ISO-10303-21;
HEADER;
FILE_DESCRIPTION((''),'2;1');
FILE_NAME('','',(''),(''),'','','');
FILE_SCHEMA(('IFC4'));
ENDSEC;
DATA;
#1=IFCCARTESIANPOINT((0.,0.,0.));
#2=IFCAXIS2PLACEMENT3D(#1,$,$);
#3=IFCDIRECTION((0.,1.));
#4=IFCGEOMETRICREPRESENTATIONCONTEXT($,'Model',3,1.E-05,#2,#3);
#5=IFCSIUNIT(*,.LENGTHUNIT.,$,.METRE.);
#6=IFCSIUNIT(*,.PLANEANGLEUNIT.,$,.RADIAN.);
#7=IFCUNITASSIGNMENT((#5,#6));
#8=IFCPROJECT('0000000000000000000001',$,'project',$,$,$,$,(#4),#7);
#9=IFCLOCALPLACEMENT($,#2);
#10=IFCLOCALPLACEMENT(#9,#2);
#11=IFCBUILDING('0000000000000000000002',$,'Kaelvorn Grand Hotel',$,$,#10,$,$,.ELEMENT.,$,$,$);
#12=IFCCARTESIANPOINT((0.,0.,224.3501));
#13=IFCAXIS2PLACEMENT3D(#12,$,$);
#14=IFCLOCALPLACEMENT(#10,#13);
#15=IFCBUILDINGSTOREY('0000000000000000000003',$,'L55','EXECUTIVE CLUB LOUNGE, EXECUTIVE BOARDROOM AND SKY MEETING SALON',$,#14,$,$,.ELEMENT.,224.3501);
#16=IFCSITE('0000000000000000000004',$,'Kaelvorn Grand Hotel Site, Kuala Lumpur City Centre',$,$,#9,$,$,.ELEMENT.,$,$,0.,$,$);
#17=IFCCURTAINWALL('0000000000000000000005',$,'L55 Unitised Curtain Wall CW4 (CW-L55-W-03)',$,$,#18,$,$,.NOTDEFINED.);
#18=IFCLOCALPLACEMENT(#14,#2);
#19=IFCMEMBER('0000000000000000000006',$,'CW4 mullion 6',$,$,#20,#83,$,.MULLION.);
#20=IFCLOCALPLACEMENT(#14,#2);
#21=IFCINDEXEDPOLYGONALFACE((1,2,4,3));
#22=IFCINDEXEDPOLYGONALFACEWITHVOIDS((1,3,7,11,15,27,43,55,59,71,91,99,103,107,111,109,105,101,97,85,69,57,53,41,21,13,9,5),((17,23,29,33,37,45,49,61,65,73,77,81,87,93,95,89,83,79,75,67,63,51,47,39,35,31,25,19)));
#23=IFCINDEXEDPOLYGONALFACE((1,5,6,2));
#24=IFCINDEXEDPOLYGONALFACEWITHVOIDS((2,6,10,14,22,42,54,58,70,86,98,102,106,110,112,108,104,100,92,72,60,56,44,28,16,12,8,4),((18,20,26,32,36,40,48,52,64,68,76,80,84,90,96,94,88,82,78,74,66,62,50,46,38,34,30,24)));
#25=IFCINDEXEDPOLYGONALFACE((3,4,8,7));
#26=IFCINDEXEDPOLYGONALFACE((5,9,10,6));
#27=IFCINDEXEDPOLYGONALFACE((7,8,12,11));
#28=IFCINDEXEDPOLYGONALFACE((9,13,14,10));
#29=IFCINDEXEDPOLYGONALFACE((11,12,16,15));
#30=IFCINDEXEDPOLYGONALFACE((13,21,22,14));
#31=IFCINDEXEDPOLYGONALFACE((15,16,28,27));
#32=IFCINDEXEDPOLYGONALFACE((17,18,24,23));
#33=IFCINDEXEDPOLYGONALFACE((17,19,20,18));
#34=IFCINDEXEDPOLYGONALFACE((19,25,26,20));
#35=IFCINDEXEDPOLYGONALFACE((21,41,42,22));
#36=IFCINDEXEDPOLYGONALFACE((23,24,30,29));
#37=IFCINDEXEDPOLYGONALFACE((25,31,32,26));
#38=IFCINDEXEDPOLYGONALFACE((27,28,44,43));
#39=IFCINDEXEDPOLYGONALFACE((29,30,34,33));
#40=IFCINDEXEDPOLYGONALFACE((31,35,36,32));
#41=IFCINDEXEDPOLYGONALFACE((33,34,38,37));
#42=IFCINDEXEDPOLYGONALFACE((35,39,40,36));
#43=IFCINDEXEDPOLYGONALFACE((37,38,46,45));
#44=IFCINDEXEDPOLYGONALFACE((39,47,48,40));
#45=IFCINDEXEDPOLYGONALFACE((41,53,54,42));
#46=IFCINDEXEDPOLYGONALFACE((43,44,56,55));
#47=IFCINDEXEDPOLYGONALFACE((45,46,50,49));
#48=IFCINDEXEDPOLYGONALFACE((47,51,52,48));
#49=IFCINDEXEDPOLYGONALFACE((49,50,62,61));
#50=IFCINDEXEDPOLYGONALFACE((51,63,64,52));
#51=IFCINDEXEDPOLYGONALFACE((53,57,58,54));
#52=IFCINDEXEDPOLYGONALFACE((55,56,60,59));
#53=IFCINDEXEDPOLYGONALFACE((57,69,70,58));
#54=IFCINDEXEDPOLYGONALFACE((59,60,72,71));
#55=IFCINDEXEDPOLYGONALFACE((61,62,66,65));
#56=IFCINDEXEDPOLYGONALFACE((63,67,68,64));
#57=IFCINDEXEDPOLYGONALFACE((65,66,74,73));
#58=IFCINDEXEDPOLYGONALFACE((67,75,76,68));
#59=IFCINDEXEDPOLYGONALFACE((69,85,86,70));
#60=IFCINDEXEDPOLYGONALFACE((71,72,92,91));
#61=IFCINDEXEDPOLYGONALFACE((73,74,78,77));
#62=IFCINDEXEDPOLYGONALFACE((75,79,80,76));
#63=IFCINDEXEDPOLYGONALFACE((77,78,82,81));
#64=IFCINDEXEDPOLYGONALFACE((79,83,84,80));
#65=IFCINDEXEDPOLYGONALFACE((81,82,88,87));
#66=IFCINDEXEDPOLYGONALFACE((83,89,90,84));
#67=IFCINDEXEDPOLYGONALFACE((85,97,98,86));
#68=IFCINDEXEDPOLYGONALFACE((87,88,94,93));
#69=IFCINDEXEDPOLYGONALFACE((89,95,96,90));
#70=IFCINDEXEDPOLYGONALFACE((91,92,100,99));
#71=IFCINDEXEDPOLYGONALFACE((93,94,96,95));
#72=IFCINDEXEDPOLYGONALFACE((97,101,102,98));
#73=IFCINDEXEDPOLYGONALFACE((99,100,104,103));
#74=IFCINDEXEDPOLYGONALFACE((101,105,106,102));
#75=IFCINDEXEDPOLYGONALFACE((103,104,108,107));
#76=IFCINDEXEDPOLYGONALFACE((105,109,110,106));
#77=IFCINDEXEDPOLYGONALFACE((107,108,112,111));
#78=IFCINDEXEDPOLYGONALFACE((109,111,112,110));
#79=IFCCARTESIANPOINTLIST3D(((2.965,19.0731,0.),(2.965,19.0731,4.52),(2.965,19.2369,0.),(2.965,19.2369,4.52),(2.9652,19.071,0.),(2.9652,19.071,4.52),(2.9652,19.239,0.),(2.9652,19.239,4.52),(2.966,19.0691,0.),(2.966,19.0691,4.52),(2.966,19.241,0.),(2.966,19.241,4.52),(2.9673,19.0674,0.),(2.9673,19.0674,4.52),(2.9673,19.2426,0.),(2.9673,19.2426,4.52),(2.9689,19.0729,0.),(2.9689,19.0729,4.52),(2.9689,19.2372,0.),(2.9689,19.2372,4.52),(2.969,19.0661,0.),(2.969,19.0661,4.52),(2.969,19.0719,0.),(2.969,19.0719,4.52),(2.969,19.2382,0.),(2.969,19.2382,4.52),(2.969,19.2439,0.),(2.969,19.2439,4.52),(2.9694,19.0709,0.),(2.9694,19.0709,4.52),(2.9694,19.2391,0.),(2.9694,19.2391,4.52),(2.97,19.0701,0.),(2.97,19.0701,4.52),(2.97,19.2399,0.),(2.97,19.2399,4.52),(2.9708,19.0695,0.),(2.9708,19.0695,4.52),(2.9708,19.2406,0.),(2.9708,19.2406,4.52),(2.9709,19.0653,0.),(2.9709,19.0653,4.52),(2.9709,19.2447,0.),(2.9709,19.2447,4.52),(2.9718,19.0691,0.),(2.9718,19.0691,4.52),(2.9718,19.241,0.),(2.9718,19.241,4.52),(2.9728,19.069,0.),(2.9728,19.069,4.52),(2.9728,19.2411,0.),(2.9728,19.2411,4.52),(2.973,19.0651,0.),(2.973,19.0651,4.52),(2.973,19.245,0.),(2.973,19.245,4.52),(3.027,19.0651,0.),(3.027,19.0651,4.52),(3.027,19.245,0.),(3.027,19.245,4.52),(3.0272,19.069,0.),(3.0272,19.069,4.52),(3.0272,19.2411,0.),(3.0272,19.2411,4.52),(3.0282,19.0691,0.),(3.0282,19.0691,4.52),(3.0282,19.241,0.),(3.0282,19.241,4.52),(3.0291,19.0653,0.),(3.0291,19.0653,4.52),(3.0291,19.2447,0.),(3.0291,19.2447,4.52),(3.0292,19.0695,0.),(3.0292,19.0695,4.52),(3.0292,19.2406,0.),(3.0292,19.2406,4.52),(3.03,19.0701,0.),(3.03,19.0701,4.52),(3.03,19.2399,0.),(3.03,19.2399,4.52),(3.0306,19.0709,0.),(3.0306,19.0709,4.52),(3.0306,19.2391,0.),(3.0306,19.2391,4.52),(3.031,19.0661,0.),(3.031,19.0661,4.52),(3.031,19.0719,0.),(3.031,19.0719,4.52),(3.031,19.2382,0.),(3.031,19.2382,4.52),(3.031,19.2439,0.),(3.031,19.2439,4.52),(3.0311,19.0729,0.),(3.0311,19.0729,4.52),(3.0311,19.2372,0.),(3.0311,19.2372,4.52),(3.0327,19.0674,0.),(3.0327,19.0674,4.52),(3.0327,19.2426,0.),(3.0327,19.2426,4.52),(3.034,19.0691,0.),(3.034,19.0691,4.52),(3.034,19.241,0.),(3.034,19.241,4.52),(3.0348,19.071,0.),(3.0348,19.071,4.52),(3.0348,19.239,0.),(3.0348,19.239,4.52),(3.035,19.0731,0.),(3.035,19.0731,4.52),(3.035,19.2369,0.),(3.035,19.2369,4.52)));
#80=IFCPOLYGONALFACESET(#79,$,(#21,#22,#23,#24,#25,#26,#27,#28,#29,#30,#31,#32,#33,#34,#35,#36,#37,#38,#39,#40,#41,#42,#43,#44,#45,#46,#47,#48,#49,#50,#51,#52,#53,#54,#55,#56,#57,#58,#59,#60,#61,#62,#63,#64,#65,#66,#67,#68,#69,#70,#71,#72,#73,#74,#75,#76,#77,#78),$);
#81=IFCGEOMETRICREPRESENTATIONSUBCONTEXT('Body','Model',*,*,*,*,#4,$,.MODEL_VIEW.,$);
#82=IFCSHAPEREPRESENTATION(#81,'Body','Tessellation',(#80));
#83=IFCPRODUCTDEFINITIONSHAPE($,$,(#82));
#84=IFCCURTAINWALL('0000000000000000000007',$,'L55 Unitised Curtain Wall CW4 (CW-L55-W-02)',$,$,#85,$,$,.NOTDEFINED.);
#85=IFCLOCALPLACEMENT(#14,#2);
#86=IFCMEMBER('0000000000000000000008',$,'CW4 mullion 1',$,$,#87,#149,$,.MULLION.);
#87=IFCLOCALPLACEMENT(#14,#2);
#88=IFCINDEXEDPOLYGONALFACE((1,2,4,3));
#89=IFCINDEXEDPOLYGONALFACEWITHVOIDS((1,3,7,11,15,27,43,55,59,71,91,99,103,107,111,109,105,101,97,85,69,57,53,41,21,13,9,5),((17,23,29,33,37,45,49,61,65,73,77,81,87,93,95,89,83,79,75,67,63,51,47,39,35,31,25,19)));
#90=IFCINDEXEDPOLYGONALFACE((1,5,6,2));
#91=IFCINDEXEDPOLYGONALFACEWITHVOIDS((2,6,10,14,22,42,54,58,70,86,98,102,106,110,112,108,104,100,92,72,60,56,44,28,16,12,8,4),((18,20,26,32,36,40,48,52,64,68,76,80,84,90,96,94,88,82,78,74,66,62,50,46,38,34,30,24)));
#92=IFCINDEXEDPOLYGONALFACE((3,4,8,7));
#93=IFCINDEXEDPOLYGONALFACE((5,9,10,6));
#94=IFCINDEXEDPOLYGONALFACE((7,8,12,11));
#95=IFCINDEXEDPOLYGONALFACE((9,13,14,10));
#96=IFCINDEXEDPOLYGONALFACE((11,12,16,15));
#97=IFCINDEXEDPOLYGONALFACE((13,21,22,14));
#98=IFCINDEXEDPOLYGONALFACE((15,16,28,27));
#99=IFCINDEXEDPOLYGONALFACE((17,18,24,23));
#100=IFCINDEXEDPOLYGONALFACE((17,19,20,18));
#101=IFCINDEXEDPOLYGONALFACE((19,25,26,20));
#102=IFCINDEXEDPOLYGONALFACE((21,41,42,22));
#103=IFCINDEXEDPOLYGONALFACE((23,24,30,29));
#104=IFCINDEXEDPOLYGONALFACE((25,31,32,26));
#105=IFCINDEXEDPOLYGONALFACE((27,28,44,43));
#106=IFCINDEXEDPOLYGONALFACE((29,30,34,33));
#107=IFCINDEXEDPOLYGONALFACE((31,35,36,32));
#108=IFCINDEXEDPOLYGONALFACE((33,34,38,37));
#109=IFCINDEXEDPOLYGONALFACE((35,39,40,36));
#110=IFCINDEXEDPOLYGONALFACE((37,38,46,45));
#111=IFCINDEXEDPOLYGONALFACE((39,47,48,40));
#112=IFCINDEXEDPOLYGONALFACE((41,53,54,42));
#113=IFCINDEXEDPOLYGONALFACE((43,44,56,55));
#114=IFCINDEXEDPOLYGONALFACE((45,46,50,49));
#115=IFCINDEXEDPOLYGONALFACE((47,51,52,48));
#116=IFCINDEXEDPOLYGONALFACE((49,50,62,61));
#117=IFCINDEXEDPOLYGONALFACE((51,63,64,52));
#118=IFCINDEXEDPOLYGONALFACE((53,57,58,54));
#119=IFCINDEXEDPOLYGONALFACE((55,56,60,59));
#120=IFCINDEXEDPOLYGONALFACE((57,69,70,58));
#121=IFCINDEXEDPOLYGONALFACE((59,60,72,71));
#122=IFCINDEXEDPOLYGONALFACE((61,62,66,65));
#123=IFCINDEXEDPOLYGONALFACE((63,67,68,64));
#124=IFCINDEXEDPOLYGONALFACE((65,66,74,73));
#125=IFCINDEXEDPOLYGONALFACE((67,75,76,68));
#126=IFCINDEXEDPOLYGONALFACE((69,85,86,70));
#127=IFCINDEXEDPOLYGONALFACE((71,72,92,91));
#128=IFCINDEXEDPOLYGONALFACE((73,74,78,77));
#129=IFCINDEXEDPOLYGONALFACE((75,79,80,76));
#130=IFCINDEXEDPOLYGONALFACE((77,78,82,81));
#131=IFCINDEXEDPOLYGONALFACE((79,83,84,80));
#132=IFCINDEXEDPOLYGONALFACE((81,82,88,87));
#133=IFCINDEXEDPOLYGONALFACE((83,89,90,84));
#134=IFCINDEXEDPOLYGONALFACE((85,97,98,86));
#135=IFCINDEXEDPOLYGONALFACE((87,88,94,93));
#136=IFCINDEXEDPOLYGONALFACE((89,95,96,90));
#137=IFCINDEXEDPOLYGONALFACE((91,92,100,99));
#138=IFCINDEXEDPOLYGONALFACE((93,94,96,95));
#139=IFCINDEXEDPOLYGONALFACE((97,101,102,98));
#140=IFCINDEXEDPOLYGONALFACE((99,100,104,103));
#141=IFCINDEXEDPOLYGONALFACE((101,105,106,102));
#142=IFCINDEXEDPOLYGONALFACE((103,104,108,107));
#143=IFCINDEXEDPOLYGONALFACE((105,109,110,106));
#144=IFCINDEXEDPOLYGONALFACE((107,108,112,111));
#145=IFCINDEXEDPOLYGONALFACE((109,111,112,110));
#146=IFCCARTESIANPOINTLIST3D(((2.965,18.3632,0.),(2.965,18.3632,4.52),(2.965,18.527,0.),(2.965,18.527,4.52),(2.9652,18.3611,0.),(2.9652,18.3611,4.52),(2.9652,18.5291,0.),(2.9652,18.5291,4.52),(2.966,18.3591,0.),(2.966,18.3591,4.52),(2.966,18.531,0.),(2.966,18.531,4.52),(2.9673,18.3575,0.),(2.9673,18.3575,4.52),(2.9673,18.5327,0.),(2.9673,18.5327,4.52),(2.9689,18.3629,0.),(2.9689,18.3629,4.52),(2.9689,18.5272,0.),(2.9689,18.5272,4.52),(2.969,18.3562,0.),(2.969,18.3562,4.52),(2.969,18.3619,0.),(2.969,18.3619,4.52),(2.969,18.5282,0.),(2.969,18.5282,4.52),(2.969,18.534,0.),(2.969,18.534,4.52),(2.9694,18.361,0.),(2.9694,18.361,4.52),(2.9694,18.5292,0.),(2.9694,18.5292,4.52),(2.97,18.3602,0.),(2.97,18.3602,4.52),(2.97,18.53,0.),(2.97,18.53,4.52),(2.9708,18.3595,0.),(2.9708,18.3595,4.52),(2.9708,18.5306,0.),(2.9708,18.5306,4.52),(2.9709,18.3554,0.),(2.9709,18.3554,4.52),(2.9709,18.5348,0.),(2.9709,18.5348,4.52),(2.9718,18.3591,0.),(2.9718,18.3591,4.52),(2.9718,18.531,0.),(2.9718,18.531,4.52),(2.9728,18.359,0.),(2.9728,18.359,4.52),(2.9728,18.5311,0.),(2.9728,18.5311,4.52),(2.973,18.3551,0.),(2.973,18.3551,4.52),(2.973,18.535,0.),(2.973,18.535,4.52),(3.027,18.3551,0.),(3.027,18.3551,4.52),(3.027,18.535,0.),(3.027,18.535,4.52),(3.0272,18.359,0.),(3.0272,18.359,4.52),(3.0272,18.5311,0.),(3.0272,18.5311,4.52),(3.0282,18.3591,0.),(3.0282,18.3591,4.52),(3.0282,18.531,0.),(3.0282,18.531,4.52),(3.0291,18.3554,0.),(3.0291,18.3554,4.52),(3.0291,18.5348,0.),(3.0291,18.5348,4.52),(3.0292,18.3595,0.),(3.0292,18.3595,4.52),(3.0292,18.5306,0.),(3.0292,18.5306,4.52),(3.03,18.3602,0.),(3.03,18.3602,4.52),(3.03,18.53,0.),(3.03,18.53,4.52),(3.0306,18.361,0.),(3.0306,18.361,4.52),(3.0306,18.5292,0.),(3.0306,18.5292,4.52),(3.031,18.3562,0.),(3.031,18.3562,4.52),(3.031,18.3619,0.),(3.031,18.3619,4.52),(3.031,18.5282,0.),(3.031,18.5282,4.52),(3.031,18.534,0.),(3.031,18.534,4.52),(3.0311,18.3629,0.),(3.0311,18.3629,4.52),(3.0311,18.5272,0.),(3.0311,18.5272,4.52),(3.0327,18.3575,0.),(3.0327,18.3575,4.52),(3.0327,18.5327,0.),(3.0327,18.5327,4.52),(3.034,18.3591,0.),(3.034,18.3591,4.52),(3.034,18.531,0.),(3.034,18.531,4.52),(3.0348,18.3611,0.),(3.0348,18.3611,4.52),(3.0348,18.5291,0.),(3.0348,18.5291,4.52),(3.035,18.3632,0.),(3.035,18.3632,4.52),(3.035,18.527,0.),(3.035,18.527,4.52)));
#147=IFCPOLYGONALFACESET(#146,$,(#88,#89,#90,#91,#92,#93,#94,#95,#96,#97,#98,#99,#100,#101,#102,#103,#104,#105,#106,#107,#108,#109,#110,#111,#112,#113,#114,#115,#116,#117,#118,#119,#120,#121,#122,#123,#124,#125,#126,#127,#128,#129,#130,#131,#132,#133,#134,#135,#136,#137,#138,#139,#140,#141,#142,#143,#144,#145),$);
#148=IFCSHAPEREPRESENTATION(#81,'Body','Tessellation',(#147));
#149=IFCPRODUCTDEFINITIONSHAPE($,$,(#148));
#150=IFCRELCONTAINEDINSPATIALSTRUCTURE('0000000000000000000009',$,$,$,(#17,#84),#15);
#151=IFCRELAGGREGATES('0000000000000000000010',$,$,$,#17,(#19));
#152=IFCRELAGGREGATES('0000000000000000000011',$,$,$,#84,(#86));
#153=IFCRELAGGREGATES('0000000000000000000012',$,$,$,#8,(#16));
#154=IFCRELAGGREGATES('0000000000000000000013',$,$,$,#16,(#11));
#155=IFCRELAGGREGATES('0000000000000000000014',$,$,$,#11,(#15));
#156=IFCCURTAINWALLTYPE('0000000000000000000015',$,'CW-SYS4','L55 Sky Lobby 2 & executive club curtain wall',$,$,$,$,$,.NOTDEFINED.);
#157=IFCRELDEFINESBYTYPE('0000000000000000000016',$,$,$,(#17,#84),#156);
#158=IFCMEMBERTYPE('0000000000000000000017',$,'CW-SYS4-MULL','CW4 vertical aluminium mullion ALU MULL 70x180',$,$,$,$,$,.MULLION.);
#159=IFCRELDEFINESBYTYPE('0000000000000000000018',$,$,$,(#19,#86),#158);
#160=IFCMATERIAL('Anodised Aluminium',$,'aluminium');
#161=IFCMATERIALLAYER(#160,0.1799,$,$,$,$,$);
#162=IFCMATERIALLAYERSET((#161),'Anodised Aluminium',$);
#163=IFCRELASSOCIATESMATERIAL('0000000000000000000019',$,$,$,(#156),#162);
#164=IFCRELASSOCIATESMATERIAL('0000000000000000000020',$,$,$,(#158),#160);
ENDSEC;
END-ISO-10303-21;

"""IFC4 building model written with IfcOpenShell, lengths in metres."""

from ifc_helpers import new_model, si_unit, direction, frame, origin, origin_2d, place, context, subcontext, project, spatial, hollow_rectangle, extrude, material, layer, layer_set, material_profile, profile_set, type_object, element, aggregate, save


model = new_model("IFC4")

# Units and contexts
model_context = context("Model", 3, precision=1e-05, world=origin(), true_north=direction((0.0, 1.0)))
body_context = subcontext(model_context, "Body", "Model", "MODEL_VIEW")
ifc_project = project(units=[si_unit("LENGTHUNIT", "METRE"), si_unit("PLANEANGLEUNIT", "RADIAN")], contexts=[model_context])

# Site, building, storey
site_placement = place(None, origin())
site = spatial("IfcSite", under=ifc_project, at=site_placement, Name="Kaelvorn Grand Hotel Site, Kuala Lumpur City Centre", CompositionType="ELEMENT", RefElevation=0.0)
building_placement = place(site_placement, origin())
building = spatial("IfcBuilding", under=site, at=building_placement, Name="Kaelvorn Grand Hotel", CompositionType="ELEMENT")
storey_placement = place(building_placement, frame((0.0, 0.0, 224.3501)))
storey = spatial("IfcBuildingStorey", under=building, at=storey_placement, Name="L55", Description="EXECUTIVE CLUB LOUNGE, EXECUTIVE BOARDROOM AND SKY MEETING SALON", CompositionType="ELEMENT", Elevation=224.3501)

# Curtain walls, members
ifc_material_1 = material(Name="Anodised Aluminium", Category="aluminium")
ifc_layer_1 = layer(ifc_material_1, 0.1799)
ifc_layer_set_1 = layer_set([ifc_layer_1], Name="Anodised Aluminium")
curtain_wall_type = type_object("IfcCurtainWallType", Name="CW-SYS4", Description="L55 Sky Lobby 2 & executive club curtain wall", PredefinedType="NOTDEFINED", material=ifc_layer_set_1)
curtain_wall_1_placement = place(storey_placement, origin())
curtain_wall_1 = element("IfcCurtainWall", 1, at=curtain_wall_1_placement, inside=storey, type_object=curtain_wall_type, Name="L55 Unitised Curtain Wall CW4 (CW-L55-W-03)", PredefinedType="NOTDEFINED")
ifc_material_profile_1 = material_profile(ifc_material_1, hollow_rectangle(XDim=0.0701, YDim=0.1799, WallThickness=0.0039, InnerFilletRadius=0.0039, OuterFilletRadius=0.0081, at=origin_2d()), Name="ALU MULL 70x180")
ifc_profile_set_1 = profile_set([ifc_material_profile_1], Name="Anodised Aluminium")
member_type_1 = type_object("IfcMemberType", Name="CW-SYS4-MULL", Description="CW4 vertical aluminium mullion ALU MULL 70x180", PredefinedType="MULLION", material=ifc_profile_set_1)
member_1_placement = place(storey_placement, frame((3.0, 19.155, 0.0), z_axis=(0.0, 0.0, 1.0), x_axis=(1.0, 0.0, 0.0)))
member_1 = element("IfcMember", 2, at=member_1_placement, type_object=member_type_1, Name="CW4 mullion 6", PredefinedType="MULLION", context=body_context, shape_type="SweptSolid", body=[
    extrude(hollow_rectangle(XDim=0.0701, YDim=0.1799, WallThickness=0.0039, InnerFilletRadius=0.0039, OuterFilletRadius=0.0081, at=origin_2d()), origin(), (0.0, 0.0, 1.0), 4.52),
])
curtain_wall_2_placement = place(storey_placement, origin())
curtain_wall_2 = element("IfcCurtainWall", 3, at=curtain_wall_2_placement, inside=storey, type_object=curtain_wall_type, Name="L55 Unitised Curtain Wall CW4 (CW-L55-W-02)", PredefinedType="NOTDEFINED")
member_2_placement = place(storey_placement, frame((3.0, 18.4451, 0.0), z_axis=(0.0, 0.0, 1.0), x_axis=(1.0, 0.0, 0.0)))
member_2 = element("IfcMember", 4, at=member_2_placement, type_object=member_type_1, Name="CW4 mullion 1", PredefinedType="MULLION", context=body_context, shape_type="SweptSolid", body=[
    extrude(hollow_rectangle(XDim=0.0701, YDim=0.1799, WallThickness=0.0039, InnerFilletRadius=0.0039, OuterFilletRadius=0.0081, at=origin_2d()), origin(), (0.0, 0.0, 1.0), 4.52),
])

aggregate(curtain_wall_1, [member_1])
aggregate(curtain_wall_2, [member_2])

save(model, "model.ifc")
